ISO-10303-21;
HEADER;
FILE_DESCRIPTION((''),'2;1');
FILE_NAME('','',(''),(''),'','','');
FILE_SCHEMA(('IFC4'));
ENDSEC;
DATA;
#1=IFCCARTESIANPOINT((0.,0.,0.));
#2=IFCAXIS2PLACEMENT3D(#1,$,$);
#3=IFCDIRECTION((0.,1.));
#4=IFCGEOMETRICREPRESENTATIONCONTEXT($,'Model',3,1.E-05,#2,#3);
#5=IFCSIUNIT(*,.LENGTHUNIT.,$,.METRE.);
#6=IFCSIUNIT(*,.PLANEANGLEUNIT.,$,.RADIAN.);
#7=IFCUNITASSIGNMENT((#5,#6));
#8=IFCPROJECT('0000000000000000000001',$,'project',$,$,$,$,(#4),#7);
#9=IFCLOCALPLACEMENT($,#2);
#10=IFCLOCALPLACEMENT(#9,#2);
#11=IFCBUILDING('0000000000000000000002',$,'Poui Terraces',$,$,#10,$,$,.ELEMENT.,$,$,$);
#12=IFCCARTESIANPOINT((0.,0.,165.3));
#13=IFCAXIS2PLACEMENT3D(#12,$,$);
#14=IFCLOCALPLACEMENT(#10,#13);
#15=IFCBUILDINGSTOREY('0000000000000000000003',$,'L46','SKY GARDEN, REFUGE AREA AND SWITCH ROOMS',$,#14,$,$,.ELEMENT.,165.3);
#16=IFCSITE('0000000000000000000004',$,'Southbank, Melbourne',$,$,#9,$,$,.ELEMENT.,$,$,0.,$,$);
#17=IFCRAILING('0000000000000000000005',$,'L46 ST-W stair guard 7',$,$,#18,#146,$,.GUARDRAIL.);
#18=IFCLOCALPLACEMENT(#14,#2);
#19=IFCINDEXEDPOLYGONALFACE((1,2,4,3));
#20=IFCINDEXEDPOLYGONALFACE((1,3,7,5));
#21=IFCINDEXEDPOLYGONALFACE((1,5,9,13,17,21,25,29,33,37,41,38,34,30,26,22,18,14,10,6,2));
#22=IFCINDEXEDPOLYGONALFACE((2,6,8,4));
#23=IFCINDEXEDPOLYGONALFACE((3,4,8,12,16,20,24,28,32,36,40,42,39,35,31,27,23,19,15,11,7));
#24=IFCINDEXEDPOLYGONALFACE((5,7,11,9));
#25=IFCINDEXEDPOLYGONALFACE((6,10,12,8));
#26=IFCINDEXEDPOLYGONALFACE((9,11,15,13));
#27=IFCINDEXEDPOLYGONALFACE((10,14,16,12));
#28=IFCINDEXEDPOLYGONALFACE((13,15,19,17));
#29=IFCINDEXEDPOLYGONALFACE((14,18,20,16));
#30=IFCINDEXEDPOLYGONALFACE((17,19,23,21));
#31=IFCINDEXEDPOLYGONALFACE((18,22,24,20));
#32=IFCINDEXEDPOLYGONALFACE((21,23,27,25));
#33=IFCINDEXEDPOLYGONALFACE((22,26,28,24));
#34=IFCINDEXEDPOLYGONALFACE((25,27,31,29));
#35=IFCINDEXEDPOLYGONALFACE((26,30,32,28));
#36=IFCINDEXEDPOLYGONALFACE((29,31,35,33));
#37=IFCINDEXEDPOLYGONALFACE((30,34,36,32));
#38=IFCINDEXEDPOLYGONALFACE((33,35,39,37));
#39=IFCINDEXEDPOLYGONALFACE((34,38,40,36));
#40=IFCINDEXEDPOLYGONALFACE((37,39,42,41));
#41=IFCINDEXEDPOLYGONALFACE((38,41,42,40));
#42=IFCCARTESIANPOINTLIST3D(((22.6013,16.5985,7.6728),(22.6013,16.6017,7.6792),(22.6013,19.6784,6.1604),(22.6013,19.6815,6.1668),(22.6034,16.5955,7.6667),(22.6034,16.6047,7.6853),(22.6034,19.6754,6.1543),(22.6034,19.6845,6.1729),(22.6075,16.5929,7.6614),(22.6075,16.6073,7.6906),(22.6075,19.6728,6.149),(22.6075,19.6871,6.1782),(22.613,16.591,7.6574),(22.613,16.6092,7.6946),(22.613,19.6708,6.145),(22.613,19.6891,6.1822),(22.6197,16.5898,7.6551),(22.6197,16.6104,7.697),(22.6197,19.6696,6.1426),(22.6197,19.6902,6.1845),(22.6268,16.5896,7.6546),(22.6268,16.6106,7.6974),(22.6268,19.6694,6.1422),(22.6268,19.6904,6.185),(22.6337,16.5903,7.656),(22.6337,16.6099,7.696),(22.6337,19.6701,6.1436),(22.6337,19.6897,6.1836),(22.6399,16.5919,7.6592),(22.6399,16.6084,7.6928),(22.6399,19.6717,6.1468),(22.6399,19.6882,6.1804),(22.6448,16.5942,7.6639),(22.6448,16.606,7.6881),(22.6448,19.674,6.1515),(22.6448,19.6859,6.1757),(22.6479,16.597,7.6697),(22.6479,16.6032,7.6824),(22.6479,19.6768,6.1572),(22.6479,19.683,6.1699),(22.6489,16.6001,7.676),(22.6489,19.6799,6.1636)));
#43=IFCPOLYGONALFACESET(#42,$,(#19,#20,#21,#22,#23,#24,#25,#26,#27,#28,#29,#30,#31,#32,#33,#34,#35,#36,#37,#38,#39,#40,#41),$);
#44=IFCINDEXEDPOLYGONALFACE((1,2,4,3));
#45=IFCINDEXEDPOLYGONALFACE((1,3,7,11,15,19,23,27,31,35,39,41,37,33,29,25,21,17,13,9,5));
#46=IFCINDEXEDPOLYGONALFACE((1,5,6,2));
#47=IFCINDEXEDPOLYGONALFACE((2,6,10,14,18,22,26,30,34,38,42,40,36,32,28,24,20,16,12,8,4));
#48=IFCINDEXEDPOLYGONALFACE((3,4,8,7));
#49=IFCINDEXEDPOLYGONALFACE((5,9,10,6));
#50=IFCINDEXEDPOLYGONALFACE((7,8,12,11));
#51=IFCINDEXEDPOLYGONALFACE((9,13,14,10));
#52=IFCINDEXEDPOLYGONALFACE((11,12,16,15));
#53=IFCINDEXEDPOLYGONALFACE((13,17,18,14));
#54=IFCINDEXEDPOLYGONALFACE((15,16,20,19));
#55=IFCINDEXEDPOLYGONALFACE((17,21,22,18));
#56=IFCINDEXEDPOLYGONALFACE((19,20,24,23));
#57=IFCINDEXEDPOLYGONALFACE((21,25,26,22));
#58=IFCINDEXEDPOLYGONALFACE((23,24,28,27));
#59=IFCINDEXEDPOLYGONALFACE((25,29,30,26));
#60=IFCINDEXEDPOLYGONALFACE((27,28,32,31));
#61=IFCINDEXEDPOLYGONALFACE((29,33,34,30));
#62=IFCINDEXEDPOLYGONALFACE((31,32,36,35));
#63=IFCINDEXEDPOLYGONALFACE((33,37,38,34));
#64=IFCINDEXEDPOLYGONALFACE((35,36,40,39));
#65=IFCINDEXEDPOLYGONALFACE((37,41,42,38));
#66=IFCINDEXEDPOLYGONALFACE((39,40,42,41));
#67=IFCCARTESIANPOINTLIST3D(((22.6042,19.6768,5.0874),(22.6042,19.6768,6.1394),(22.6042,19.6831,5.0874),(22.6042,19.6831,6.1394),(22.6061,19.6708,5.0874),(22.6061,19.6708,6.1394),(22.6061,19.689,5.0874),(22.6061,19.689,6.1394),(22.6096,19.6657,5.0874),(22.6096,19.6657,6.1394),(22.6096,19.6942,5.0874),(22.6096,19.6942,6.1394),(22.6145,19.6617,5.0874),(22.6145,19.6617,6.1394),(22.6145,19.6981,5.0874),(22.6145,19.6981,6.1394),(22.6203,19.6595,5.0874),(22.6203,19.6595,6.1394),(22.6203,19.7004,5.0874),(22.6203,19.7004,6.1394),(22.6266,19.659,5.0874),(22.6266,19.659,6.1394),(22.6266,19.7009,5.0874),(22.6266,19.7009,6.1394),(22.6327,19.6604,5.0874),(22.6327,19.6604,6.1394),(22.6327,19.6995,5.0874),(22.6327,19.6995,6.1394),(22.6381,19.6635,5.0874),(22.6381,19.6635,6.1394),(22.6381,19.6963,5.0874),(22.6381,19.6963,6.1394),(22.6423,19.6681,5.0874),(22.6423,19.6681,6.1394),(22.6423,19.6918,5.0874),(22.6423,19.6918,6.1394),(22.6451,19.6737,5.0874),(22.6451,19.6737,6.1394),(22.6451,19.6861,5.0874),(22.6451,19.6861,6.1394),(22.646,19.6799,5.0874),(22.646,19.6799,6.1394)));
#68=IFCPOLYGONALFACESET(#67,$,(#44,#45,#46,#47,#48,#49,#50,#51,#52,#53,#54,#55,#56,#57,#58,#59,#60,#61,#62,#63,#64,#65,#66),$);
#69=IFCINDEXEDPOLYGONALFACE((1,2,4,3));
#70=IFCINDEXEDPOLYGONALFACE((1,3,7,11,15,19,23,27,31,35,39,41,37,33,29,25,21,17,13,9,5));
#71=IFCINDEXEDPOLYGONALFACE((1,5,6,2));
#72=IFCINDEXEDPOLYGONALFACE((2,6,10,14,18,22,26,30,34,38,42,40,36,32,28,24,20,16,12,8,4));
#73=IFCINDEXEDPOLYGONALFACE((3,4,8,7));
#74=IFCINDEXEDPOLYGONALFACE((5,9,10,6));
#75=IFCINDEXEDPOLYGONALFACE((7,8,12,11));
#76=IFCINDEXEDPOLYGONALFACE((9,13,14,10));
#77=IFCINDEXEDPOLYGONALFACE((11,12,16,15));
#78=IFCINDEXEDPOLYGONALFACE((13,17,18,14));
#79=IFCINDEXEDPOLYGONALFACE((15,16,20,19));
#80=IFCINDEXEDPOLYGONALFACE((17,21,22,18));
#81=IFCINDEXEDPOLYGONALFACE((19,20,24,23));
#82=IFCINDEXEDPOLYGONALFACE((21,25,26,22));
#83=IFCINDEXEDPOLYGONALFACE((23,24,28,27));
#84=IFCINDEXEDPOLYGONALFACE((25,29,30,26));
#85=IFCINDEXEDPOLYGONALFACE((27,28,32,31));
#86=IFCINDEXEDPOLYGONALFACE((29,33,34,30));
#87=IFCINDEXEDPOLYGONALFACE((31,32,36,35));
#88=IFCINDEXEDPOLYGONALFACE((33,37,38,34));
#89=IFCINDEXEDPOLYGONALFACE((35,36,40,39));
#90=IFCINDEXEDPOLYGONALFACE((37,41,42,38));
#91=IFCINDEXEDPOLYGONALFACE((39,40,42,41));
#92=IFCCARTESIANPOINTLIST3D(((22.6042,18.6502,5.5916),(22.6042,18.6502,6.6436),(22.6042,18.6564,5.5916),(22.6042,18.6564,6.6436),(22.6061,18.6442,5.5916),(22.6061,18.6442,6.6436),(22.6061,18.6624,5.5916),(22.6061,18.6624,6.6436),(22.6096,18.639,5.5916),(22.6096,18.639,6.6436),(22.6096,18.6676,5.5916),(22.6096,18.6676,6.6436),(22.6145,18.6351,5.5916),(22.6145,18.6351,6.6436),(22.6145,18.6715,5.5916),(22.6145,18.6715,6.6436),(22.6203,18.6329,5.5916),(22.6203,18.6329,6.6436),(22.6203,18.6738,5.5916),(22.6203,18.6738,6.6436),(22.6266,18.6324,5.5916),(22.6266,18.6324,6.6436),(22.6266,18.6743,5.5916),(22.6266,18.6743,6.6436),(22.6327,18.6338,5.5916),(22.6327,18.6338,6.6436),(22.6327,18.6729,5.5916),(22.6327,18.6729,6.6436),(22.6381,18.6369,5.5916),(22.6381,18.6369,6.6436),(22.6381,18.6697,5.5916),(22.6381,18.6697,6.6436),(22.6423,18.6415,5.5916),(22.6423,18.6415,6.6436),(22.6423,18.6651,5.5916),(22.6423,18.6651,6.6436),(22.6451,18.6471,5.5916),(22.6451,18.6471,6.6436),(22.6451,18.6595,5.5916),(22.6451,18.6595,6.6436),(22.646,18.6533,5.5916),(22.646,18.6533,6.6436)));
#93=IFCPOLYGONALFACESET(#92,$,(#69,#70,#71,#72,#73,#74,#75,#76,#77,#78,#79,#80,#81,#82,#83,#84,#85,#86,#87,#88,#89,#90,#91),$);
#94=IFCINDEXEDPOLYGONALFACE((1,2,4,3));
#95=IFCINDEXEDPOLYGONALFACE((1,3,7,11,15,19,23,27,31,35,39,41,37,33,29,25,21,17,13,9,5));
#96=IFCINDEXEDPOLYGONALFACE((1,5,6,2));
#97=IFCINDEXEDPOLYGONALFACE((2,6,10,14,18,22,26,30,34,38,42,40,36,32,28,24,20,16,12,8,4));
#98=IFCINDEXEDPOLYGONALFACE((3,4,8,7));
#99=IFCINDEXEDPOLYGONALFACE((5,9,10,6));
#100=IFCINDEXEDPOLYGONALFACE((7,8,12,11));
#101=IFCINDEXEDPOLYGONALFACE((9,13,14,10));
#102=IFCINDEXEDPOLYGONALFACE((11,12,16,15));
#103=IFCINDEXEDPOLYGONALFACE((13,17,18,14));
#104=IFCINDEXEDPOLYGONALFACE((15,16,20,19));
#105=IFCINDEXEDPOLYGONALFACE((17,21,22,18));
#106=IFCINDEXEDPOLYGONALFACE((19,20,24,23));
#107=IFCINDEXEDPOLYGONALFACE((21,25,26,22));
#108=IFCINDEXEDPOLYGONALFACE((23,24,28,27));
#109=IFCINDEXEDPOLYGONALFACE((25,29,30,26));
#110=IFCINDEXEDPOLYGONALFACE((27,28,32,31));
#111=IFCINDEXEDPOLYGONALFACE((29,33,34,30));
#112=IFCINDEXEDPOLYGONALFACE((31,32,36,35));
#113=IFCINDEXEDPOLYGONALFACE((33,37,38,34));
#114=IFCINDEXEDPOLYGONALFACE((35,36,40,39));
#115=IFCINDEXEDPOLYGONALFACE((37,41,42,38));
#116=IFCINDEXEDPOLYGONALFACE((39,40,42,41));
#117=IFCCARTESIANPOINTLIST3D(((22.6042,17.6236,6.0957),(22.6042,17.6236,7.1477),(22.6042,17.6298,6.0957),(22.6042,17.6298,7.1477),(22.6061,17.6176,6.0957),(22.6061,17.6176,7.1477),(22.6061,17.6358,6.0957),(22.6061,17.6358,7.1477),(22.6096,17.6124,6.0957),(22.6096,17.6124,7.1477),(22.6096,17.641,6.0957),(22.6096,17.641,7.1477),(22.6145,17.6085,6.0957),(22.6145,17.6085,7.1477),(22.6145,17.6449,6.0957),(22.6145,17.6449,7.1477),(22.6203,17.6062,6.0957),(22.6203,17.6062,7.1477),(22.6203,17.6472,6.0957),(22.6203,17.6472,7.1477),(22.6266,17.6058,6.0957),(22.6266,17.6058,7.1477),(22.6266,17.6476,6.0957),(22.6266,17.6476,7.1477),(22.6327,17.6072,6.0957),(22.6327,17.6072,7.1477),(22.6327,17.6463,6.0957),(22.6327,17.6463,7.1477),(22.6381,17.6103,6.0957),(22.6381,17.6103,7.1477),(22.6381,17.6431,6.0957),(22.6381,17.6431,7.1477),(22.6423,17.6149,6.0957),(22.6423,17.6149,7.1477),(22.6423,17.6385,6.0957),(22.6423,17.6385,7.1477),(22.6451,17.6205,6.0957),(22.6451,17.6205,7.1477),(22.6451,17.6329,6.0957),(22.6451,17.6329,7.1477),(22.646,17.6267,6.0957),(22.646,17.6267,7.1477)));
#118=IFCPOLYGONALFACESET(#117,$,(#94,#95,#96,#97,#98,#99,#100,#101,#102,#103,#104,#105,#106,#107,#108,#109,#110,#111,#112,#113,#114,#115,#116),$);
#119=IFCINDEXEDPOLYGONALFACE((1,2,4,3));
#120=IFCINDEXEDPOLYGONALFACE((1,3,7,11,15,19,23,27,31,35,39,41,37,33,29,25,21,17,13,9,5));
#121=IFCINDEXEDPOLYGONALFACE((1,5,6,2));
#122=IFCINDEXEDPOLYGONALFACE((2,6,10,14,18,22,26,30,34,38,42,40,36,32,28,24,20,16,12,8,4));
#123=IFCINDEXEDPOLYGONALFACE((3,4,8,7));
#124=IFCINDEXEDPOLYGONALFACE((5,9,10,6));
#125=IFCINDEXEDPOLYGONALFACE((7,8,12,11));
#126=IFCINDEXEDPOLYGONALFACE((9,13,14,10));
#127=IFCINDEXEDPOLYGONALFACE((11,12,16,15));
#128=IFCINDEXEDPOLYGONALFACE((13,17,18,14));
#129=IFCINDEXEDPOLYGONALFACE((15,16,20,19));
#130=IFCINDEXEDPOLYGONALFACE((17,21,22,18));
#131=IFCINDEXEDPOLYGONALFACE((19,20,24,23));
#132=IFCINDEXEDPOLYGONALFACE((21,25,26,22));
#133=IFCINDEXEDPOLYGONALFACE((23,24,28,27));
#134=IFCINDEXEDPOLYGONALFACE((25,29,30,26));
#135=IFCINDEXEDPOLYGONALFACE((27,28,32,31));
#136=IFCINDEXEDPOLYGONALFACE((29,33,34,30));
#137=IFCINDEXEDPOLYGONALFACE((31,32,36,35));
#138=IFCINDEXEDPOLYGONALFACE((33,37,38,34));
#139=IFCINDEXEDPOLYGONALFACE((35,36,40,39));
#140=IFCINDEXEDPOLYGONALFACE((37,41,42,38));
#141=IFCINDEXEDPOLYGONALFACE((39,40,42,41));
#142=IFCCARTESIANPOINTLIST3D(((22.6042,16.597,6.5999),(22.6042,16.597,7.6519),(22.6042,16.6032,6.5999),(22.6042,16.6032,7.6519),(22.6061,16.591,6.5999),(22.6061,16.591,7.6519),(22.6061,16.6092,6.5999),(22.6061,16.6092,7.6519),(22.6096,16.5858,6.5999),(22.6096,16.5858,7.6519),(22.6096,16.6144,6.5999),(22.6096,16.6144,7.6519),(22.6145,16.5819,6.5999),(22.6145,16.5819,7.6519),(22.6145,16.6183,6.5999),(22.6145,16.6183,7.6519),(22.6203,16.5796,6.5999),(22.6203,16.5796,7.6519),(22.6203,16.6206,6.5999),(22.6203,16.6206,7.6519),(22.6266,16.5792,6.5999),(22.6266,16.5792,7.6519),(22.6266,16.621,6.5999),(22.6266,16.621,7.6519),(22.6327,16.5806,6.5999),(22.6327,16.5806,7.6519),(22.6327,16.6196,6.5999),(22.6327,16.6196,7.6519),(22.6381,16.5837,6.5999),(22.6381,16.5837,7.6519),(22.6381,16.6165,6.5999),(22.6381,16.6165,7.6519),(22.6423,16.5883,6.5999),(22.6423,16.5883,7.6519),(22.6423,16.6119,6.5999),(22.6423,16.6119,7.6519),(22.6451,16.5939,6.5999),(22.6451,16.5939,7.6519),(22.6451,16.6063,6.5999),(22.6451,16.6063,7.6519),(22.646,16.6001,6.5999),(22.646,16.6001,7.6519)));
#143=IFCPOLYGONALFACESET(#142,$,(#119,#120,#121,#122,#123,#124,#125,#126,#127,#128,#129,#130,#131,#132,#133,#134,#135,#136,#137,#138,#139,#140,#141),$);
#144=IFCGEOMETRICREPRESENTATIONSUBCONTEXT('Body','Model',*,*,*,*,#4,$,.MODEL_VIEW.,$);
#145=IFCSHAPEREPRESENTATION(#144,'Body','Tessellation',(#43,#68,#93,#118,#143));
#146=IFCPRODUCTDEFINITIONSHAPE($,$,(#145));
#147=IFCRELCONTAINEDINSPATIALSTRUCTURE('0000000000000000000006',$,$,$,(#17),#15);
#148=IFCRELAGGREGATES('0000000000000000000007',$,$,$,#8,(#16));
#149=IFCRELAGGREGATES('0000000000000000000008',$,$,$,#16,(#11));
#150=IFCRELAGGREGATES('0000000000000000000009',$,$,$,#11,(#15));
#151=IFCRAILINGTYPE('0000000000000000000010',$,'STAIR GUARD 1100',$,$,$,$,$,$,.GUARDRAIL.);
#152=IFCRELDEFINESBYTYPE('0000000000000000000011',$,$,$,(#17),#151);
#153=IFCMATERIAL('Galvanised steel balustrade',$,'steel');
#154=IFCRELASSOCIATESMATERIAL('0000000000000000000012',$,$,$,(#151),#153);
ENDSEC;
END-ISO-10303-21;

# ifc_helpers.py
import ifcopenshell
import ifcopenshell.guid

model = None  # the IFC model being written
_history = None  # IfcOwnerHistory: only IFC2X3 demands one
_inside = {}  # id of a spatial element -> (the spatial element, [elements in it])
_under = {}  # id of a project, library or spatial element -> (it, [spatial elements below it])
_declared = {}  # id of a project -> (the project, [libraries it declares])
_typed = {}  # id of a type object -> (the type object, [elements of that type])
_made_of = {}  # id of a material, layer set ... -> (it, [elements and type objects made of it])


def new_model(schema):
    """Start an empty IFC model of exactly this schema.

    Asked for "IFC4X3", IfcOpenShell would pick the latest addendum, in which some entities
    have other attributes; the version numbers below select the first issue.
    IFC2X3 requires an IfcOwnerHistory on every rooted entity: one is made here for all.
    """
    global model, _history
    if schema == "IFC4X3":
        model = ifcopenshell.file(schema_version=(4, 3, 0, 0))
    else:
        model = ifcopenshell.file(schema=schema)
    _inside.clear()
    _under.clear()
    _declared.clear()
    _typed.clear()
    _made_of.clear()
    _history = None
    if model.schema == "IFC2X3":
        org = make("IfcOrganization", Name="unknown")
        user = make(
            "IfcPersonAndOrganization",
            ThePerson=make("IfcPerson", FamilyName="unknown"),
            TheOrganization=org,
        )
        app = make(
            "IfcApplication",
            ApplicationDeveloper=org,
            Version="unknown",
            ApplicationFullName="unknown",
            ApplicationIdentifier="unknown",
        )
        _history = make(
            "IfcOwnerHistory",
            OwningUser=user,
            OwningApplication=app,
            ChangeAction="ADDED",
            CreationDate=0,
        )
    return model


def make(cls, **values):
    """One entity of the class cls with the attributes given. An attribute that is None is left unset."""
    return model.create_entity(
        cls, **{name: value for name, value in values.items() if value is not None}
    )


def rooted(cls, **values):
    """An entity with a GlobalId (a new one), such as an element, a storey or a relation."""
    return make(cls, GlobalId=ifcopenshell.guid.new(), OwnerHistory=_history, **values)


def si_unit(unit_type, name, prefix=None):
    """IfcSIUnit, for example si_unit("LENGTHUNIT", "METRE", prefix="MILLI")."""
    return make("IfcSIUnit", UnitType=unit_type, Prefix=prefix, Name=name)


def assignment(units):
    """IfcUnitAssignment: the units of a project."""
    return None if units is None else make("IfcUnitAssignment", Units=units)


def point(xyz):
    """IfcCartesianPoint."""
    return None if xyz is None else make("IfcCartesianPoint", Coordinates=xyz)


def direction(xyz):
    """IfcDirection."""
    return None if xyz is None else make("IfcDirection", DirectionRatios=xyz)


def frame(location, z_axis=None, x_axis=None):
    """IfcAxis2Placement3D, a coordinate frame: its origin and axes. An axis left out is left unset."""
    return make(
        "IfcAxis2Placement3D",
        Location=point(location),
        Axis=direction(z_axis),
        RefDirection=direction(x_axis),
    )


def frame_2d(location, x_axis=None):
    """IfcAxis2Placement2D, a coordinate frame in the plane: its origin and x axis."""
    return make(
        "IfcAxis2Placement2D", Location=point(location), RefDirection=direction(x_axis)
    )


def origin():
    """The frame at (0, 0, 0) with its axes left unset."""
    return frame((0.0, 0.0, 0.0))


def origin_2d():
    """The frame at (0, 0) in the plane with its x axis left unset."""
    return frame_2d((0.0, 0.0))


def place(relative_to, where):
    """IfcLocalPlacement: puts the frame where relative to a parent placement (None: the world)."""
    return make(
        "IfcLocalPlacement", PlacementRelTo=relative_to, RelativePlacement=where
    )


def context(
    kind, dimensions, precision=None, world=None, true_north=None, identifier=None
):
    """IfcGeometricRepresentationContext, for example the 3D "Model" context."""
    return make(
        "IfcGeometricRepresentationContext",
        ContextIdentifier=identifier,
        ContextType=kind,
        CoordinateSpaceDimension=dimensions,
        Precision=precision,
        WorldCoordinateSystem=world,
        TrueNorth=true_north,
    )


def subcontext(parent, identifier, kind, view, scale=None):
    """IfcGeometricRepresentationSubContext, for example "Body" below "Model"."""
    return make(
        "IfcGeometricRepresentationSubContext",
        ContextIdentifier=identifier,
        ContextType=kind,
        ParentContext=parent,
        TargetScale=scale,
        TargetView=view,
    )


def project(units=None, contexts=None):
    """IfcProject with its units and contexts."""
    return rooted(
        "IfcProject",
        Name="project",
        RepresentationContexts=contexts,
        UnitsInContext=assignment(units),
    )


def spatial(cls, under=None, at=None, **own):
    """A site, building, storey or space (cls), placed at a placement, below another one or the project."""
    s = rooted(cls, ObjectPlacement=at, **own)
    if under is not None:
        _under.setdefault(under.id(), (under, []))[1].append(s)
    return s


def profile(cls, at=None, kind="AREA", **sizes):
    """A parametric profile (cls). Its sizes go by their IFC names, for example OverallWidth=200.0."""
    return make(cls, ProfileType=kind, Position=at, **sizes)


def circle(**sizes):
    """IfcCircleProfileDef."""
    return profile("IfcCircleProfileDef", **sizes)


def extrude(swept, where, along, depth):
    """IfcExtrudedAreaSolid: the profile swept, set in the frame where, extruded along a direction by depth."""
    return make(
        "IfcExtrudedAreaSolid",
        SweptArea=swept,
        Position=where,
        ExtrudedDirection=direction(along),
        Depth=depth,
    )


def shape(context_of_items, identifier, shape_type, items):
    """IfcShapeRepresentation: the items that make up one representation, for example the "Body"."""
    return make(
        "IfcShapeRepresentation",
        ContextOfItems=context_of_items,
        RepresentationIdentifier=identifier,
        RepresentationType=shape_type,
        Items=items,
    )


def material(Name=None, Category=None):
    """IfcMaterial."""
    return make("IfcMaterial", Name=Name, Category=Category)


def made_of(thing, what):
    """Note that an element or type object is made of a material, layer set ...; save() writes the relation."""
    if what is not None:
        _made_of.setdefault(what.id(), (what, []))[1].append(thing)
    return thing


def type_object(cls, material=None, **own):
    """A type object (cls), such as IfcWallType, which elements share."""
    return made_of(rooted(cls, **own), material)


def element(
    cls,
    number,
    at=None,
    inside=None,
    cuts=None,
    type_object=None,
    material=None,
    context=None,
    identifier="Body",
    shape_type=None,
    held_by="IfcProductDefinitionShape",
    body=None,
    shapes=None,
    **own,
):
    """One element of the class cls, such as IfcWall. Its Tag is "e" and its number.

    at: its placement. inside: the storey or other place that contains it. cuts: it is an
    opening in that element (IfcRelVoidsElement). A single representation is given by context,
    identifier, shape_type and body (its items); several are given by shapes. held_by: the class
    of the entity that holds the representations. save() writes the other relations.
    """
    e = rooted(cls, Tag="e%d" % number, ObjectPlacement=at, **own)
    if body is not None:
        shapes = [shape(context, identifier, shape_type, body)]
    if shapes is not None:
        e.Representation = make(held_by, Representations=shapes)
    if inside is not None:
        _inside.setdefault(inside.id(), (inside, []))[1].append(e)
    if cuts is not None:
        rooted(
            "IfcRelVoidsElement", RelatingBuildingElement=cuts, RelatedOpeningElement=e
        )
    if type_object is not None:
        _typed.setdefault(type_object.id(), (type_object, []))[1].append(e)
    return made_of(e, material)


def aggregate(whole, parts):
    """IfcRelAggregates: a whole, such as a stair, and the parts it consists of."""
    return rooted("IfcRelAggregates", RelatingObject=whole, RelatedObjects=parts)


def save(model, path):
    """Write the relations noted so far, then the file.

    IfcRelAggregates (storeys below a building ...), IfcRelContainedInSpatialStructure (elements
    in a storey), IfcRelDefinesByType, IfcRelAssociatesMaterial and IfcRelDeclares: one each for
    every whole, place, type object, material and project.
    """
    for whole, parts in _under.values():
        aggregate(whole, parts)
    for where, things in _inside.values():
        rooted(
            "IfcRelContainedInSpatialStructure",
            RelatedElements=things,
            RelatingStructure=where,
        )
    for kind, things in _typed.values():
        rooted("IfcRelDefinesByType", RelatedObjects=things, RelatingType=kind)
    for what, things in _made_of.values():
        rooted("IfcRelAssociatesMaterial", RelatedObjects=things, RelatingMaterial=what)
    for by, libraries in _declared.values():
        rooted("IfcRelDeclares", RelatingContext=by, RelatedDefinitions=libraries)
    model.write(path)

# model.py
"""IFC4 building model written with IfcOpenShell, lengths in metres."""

from ifc_helpers import new_model, si_unit, direction, frame, origin, origin_2d, place, context, subcontext, project, spatial, circle, extrude, material, type_object, element, save


model = new_model("IFC4")

# Units and contexts
model_context = context("Model", 3, precision=1e-05, world=origin(), true_north=direction((0.0, 1.0)))
body_context = subcontext(model_context, "Body", "Model", "MODEL_VIEW")
ifc_project = project(units=[si_unit("LENGTHUNIT", "METRE"), si_unit("PLANEANGLEUNIT", "RADIAN")], contexts=[model_context])

# Site, building, storey
site_placement = place(None, origin())
site = spatial("IfcSite", under=ifc_project, at=site_placement, Name="Southbank, Melbourne", CompositionType="ELEMENT", RefElevation=0.0)
building_placement = place(site_placement, origin())
building = spatial("IfcBuilding", under=site, at=building_placement, Name="Poui Terraces", CompositionType="ELEMENT")
storey_placement = place(building_placement, frame((0.0, 0.0, 165.3)))
storey = spatial("IfcBuildingStorey", under=building, at=storey_placement, Name="L46", Description="SKY GARDEN, REFUGE AREA AND SWITCH ROOMS", CompositionType="ELEMENT", Elevation=165.3)

# Railing
ifc_material_1 = material(Name="Galvanised steel balustrade", Category="steel")
railing_type_1 = type_object("IfcRailingType", Name="STAIR GUARD 1100", PredefinedType="GUARDRAIL", material=ifc_material_1)
railing_1_placement = place(storey_placement, frame((22.625, 19.6799, 5.0874)))
element("IfcRailing", 1, at=railing_1_placement, inside=storey, type_object=railing_type_1, Name="L46 ST-W stair guard 7", PredefinedType="GUARDRAIL", context=body_context, shape_type="SweptSolid", body=[
    extrude(circle(Radius=0.0239, at=origin_2d()), frame((0.0, 0.0, 1.0762), z_axis=(0.0, -0.897606, 0.440798), x_axis=(1.0, 0.0, 0.0)), (0.0, 0.0, 1.0), 3.4312),
    extrude(circle(Radius=0.021, at=origin_2d()), origin(), (0.0, 0.0, 1.0), 1.052),
    extrude(circle(Radius=0.021, at=origin_2d()), frame((0.0, -1.0266, 0.5042)), (0.0, 0.0, 1.0), 1.052),
    extrude(circle(Radius=0.021, at=origin_2d()), frame((0.0, -2.0532, 1.0083)), (0.0, 0.0, 1.0), 1.052),
    extrude(circle(Radius=0.021, at=origin_2d()), frame((0.0, -3.0798, 1.5125)), (0.0, 0.0, 1.0), 1.052),
])

save(model, "model.ifc")
